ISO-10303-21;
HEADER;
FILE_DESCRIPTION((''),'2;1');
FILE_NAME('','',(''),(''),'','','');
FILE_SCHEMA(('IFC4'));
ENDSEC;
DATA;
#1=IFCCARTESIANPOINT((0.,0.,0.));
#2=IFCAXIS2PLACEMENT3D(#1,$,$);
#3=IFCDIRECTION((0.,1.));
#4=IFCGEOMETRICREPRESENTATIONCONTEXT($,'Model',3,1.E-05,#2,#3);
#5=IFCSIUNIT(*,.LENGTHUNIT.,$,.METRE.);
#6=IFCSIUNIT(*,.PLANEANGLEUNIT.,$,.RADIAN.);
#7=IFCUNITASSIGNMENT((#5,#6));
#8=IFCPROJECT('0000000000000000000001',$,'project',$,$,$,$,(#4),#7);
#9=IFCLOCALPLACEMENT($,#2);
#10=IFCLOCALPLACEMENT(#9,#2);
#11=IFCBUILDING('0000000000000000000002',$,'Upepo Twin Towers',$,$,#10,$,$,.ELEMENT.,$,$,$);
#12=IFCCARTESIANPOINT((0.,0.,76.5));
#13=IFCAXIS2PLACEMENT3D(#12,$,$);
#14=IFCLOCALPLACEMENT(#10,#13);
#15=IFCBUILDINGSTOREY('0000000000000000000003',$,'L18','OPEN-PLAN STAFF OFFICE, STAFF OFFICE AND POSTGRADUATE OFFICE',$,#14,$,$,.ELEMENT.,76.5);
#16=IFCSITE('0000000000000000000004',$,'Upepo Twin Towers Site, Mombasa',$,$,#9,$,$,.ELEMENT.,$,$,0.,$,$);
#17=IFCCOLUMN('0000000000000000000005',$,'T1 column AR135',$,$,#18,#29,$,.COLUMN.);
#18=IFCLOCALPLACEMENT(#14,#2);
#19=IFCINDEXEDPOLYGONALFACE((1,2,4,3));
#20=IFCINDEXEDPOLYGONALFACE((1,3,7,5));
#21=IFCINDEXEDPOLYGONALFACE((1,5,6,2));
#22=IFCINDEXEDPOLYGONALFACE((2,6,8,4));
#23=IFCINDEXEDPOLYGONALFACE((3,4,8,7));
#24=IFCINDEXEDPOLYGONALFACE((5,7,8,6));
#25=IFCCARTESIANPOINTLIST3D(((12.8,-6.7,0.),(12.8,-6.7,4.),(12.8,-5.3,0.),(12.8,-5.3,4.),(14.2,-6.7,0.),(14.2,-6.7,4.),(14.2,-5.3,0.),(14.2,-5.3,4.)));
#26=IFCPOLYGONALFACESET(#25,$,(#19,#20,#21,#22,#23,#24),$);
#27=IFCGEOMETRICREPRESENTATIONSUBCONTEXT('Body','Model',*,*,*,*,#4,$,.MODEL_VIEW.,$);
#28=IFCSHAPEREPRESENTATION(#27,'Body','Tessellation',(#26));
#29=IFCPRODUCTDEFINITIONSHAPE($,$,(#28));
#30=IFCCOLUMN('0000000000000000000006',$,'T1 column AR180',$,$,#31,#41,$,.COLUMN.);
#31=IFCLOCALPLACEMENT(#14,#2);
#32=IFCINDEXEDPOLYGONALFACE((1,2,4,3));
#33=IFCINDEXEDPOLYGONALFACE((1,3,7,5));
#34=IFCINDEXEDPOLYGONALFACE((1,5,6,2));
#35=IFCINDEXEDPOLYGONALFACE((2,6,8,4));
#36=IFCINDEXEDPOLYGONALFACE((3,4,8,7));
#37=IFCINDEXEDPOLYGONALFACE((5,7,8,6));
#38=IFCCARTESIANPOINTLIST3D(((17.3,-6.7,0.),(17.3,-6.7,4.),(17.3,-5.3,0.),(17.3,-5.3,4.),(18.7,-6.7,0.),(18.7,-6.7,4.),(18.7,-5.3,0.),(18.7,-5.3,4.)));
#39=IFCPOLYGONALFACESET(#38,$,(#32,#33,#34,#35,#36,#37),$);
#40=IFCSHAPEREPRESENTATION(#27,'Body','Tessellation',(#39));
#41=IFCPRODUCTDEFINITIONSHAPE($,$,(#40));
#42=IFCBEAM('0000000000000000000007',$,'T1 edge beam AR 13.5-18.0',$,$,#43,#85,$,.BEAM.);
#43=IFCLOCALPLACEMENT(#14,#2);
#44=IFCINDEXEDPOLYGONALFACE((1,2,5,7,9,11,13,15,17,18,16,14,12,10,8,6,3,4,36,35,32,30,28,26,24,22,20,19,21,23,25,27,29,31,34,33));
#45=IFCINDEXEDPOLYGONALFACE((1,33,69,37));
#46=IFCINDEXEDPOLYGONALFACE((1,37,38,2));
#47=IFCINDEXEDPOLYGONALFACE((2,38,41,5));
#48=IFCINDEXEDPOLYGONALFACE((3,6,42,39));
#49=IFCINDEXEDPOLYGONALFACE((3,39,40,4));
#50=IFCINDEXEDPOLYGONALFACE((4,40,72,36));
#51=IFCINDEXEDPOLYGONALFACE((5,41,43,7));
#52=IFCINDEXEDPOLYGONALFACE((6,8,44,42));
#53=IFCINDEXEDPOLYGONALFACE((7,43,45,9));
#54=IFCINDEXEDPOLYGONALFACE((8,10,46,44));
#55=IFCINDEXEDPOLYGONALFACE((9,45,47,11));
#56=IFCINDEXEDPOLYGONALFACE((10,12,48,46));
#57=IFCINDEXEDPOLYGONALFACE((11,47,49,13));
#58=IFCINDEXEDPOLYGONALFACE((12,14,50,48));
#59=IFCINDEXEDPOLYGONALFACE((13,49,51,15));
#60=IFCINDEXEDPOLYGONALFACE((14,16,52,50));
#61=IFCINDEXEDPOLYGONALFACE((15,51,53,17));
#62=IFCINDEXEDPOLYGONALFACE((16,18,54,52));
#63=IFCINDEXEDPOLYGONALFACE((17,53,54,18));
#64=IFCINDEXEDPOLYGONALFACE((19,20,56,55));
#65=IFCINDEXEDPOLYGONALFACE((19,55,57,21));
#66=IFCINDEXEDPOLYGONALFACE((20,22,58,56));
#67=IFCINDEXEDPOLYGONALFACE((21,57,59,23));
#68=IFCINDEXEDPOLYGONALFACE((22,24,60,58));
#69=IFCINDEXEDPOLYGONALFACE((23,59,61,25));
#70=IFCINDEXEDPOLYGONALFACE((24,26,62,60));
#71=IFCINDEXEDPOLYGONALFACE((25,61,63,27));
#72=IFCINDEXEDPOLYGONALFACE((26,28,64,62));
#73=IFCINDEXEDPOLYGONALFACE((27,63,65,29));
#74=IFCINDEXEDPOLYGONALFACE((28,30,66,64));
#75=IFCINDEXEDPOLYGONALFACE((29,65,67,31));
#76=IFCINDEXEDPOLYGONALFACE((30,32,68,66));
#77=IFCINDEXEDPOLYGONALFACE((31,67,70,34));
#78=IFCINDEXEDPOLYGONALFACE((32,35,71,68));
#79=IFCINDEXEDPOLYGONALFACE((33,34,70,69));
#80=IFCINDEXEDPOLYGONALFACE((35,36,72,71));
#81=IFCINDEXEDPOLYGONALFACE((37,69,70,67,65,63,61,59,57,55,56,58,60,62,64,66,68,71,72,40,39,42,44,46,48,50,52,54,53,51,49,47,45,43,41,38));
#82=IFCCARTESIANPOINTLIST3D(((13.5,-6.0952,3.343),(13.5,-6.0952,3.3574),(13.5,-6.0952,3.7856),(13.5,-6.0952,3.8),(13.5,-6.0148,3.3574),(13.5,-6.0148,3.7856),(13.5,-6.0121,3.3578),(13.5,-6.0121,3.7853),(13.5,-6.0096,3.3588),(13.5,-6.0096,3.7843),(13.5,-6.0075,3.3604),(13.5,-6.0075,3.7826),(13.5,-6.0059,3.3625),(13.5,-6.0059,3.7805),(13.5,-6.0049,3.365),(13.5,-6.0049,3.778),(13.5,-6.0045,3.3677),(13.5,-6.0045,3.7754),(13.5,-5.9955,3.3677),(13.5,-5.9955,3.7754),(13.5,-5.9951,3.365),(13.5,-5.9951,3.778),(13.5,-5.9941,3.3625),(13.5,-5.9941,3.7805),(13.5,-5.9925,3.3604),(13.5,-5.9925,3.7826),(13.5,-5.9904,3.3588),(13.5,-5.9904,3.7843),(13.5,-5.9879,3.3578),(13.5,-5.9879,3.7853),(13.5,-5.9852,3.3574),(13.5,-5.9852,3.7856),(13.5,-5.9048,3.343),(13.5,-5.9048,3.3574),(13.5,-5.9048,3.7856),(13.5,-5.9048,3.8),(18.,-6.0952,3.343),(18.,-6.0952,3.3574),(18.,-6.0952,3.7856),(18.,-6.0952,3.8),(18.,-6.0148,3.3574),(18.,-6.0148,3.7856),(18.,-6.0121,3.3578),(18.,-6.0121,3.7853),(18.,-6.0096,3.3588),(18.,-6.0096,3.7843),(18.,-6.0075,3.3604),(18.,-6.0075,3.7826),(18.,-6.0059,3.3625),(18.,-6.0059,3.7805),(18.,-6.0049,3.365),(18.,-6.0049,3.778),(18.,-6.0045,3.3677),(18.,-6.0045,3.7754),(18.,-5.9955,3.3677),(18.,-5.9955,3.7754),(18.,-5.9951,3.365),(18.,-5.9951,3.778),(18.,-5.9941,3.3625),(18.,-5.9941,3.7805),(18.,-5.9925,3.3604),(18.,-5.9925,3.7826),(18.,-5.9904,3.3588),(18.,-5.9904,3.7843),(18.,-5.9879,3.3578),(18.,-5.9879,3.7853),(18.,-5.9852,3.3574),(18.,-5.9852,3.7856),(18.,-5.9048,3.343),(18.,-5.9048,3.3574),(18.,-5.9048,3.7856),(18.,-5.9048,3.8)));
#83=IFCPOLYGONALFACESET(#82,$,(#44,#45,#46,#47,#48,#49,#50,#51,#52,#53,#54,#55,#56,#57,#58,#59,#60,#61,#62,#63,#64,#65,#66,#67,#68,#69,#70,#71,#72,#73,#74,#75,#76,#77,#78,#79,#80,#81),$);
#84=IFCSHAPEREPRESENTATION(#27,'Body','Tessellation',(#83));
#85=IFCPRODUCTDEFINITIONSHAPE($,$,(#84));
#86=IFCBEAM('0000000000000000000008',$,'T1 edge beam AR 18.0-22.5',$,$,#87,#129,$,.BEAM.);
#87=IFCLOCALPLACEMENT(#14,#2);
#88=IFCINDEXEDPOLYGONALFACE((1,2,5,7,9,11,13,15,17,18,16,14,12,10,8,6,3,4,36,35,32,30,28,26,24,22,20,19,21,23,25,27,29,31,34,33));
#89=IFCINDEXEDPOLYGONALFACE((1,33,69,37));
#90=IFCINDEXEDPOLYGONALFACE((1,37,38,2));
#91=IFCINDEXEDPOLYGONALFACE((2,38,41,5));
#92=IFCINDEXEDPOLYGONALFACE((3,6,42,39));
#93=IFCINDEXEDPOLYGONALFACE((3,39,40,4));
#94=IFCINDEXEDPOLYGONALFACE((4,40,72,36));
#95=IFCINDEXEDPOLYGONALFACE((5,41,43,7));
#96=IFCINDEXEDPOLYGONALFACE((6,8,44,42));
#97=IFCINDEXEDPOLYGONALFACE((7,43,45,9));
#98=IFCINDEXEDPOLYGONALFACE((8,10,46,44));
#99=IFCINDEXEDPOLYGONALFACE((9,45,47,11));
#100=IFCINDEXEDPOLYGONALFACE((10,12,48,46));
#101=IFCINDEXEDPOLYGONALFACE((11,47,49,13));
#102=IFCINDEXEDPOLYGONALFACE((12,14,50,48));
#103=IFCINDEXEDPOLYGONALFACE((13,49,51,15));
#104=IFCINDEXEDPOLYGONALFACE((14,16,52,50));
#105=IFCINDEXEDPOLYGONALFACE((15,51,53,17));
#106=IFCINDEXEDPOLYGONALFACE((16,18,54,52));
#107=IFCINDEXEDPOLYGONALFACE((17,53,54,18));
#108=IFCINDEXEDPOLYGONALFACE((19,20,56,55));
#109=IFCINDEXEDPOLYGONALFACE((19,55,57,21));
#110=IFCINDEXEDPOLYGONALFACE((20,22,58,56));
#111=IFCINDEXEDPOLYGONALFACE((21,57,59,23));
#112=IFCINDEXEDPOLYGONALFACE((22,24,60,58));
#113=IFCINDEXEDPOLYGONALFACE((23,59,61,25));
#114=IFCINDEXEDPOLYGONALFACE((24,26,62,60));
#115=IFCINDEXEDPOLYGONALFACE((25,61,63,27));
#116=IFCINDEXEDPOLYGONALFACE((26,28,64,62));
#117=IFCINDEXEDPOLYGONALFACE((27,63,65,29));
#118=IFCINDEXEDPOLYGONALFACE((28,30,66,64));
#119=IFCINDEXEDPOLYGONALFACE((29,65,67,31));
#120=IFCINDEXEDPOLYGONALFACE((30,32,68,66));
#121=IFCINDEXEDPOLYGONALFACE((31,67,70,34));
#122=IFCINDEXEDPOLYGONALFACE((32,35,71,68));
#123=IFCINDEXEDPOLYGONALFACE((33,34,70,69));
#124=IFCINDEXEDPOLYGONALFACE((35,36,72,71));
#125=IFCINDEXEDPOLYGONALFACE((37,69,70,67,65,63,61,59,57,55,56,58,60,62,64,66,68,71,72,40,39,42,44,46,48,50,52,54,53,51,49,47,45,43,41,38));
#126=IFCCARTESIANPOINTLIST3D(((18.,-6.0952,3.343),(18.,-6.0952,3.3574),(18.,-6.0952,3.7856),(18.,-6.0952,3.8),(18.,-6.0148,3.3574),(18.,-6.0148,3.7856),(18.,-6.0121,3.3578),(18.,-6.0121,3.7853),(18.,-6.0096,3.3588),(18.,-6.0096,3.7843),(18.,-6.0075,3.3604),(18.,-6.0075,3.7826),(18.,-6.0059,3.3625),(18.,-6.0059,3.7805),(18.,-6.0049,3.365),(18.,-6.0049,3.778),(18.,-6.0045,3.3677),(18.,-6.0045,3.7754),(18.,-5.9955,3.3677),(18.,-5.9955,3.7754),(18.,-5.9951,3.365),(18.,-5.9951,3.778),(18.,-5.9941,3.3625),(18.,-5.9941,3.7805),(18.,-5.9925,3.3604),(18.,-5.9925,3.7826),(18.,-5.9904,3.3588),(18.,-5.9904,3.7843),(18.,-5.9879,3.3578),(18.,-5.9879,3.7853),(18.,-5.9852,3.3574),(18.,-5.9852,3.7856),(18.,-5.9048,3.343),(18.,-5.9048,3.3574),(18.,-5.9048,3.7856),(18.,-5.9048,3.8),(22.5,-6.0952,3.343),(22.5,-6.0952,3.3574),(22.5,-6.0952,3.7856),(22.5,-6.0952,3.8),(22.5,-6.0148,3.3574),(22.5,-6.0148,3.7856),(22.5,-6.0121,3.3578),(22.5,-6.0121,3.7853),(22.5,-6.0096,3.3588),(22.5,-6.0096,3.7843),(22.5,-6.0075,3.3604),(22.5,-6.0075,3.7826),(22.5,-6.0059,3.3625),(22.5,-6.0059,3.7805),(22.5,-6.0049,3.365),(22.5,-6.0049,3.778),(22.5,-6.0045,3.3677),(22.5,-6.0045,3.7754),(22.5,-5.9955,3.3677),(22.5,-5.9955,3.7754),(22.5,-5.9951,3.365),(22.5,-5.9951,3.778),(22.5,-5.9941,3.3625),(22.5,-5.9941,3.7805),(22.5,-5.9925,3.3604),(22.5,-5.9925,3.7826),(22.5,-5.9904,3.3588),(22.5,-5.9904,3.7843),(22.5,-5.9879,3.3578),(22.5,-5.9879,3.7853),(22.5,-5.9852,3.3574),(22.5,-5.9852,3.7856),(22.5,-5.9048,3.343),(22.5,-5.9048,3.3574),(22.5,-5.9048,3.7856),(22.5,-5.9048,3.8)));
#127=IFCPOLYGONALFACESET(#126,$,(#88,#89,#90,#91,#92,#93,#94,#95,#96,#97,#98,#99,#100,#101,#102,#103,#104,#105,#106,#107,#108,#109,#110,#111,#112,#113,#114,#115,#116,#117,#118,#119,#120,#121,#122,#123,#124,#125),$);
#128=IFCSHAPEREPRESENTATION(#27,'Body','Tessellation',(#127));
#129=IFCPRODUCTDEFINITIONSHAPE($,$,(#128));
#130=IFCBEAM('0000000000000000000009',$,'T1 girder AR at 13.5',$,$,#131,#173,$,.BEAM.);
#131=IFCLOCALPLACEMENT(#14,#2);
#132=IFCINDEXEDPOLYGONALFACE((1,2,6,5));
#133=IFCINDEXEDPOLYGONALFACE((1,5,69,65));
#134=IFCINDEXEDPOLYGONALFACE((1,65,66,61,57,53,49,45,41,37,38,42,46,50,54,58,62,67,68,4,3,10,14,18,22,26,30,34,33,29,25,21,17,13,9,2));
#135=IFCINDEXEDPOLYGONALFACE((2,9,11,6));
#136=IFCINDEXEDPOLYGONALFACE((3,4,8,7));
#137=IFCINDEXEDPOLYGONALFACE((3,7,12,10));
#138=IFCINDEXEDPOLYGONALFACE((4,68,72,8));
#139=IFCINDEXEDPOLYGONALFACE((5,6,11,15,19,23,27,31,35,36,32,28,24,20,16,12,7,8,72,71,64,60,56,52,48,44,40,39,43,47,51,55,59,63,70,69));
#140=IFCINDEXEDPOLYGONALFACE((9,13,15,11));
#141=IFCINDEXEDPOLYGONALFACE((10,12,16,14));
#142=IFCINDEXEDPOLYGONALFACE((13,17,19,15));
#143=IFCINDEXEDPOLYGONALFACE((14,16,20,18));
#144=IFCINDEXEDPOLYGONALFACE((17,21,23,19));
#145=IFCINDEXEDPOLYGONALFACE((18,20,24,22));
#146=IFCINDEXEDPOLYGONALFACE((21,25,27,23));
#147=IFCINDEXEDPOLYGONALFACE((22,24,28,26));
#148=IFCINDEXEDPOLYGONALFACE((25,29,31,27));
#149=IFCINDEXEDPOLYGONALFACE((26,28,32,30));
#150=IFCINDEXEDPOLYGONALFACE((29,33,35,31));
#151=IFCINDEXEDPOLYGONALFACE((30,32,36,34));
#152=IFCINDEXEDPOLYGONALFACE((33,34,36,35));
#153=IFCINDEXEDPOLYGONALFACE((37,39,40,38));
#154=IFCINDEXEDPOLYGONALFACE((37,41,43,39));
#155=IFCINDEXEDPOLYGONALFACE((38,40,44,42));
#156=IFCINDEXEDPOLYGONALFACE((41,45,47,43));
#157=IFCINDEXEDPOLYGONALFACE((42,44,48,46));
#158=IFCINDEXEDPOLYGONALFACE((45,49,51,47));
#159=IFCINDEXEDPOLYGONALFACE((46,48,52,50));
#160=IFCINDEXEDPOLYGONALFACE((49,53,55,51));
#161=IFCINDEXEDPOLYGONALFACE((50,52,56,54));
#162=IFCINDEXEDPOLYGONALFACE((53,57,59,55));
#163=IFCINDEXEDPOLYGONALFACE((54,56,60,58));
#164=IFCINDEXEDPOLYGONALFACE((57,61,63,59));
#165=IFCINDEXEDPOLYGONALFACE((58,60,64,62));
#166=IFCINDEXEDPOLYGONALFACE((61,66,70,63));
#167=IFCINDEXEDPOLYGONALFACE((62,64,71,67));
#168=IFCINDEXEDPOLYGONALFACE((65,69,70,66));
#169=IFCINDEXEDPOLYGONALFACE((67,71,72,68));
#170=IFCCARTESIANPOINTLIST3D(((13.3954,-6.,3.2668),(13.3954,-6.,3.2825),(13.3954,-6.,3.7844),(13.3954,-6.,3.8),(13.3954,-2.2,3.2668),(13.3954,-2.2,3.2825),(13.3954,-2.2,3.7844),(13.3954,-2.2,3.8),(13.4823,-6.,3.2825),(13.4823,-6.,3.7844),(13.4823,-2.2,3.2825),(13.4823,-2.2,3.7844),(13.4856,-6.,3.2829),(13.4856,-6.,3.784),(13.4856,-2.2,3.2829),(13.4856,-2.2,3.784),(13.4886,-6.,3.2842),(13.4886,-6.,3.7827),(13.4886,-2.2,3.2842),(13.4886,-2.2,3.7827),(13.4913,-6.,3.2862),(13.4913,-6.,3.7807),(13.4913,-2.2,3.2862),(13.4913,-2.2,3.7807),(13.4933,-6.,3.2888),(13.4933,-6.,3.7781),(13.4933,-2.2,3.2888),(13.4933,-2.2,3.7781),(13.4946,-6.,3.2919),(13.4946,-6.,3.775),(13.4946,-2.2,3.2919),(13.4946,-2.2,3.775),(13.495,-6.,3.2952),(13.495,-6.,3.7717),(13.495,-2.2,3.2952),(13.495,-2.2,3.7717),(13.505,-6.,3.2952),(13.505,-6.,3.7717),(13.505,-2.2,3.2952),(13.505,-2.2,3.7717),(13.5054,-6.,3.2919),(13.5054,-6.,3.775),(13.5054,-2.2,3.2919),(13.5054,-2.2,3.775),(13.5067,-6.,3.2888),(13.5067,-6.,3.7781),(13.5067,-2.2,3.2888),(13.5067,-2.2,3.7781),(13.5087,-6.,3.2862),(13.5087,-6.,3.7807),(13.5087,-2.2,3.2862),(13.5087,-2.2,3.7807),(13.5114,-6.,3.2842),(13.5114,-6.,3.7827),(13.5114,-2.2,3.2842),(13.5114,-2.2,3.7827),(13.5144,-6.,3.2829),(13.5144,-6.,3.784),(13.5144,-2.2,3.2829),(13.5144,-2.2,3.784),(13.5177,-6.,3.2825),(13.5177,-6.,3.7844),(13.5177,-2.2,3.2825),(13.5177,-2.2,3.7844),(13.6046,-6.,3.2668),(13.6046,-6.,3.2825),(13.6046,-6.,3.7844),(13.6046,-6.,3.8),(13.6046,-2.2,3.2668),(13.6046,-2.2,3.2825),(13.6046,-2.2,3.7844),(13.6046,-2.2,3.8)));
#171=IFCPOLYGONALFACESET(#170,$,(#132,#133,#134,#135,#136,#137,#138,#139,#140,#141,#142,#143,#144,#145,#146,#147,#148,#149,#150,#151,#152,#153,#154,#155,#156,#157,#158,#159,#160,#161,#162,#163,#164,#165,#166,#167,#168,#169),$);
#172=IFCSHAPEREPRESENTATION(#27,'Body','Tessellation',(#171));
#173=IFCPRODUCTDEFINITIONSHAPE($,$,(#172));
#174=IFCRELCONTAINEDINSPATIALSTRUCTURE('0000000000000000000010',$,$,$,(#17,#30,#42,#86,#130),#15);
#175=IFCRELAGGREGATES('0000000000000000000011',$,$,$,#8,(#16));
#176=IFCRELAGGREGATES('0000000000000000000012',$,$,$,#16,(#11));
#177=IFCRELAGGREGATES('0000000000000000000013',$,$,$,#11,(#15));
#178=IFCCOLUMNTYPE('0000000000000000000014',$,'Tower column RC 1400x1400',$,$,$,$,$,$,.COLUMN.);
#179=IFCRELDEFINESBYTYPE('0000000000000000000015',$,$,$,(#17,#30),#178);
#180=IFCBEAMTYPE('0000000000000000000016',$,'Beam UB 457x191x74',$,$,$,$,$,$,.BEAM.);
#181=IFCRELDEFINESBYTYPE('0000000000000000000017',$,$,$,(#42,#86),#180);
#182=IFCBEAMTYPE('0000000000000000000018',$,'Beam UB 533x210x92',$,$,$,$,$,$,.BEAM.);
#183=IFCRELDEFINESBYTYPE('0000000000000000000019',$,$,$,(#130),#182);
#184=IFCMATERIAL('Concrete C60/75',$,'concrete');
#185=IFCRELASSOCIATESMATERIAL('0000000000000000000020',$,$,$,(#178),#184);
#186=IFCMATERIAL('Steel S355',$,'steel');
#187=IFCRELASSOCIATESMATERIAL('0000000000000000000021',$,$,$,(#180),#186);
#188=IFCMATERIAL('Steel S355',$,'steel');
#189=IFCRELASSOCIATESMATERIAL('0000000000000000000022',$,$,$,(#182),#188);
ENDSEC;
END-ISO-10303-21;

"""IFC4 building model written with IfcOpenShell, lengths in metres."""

from ifc_helpers import new_model, si_unit, direction, frame, origin, origin_2d, place, context, subcontext, project, spatial, rectangle, i_section, extrude, material, material_profile, profile_set, type_object, element, save


model = new_model("IFC4")

# Units and contexts
model_context = context("Model", 3, precision=1e-05, world=origin(), true_north=direction((0.0, 1.0)))
body_context = subcontext(model_context, "Body", "Model", "MODEL_VIEW")
ifc_project = project(units=[si_unit("LENGTHUNIT", "METRE"), si_unit("PLANEANGLEUNIT", "RADIAN")], contexts=[model_context])

# Site, building, storey
site_placement = place(None, origin())
site = spatial("IfcSite", under=ifc_project, at=site_placement, Name="Upepo Twin Towers Site, Mombasa", CompositionType="ELEMENT", RefElevation=0.0)
building_placement = place(site_placement, origin())
building = spatial("IfcBuilding", under=site, at=building_placement, Name="Upepo Twin Towers", CompositionType="ELEMENT")
storey_placement = place(building_placement, frame((0.0, 0.0, 76.5)))
storey = spatial("IfcBuildingStorey", under=building, at=storey_placement, Name="L18", Description="OPEN-PLAN STAFF OFFICE, STAFF OFFICE AND POSTGRADUATE OFFICE", CompositionType="ELEMENT", Elevation=76.5)

# Columns
ifc_material_1 = material(Name="Concrete C60/75", Category="concrete")
ifc_material_profile_1 = material_profile(ifc_material_1, rectangle(XDim=1.3999, YDim=1.3999, at=origin_2d()), Name="RC 1400x1400")
ifc_profile_set_1 = profile_set([ifc_material_profile_1], Name="Concrete C60/75")
column_type = type_object("IfcColumnType", Name="Tower column RC 1400x1400", PredefinedType="COLUMN", material=ifc_profile_set_1)
for number, where, z_axis, x_axis, name in (
    (1, (13.5, -6.0, 0.0), (0.0, 0.0, 1.0), (1.0, 0.0, 0.0), "T1 column AR135"),
    (2, (18.0, -6.0, 0.0), (0.0, 0.0, 1.0), (1.0, 0.0, 0.0), "T1 column AR180"),
):
    element("IfcColumn", number, at=place(storey_placement, frame(where, z_axis=z_axis, x_axis=x_axis)), inside=storey, type_object=column_type, Name=name, PredefinedType="COLUMN", context=body_context, shape_type="SweptSolid", body=[
        extrude(rectangle(XDim=1.3999, YDim=1.3999, at=origin_2d()), origin(), (0.0, 0.0, 1.0), 4.0),
    ])

# Beams
ifc_material_2 = material(Name="Steel S355", Category="steel")
ifc_material_profile_2 = material_profile(ifc_material_2, i_section(OverallWidth=0.1904, OverallDepth=0.457, WebThickness=0.009, FlangeThickness=0.0144, FilletRadius=0.0103, at=origin_2d()), Name="UB 457x191x74")
ifc_profile_set_2 = profile_set([ifc_material_profile_2], Name="Steel S355")
beam_type_1 = type_object("IfcBeamType", Name="Beam UB 457x191x74", PredefinedType="BEAM", material=ifc_profile_set_2)
for number, where, z_axis, x_axis, name in (
    (3, (13.5, -6.0, 3.5715), (1.0, 0.0, 0.0), (0.0, 1.0, 0.0), "T1 edge beam AR 13.5-18.0"),
    (4, (18.0, -6.0, 3.5715), (1.0, 0.0, 0.0), (0.0, 1.0, 0.0), "T1 edge beam AR 18.0-22.5"),
):
    element("IfcBeam", number, at=place(storey_placement, frame(where, z_axis=z_axis, x_axis=x_axis)), inside=storey, type_object=beam_type_1, Name=name, PredefinedType="BEAM", context=body_context, shape_type="SweptSolid", body=[
        extrude(i_section(OverallWidth=0.1904, OverallDepth=0.457, WebThickness=0.009, FlangeThickness=0.0144, FilletRadius=0.0103, at=origin_2d()), origin(), (0.0, 0.0, 1.0), 4.5),
    ])
ifc_material_3 = material(Name="Steel S355", Category="steel")
ifc_material_profile_3 = material_profile(ifc_material_3, i_section(OverallWidth=0.2092, OverallDepth=0.5332, WebThickness=0.01, FlangeThickness=0.0156, FilletRadius=0.0127, at=origin_2d()), Name="UB 533x210x92")
ifc_profile_set_3 = profile_set([ifc_material_profile_3], Name="Steel S355")
beam_type_2 = type_object("IfcBeamType", Name="Beam UB 533x210x92", PredefinedType="BEAM", material=ifc_profile_set_3)
for number, where, z_axis, x_axis, name in (
    (5, (13.5, -6.0, 3.5334), (0.0, 1.0, 0.0), (-1.0, 0.0, 0.0), "T1 girder AR at 13.5"),
):
    element("IfcBeam", number, at=place(storey_placement, frame(where, z_axis=z_axis, x_axis=x_axis)), inside=storey, type_object=beam_type_2, Name=name, PredefinedType="BEAM", context=body_context, shape_type="SweptSolid", body=[
        extrude(i_section(OverallWidth=0.2092, OverallDepth=0.5332, WebThickness=0.01, FlangeThickness=0.0156, FilletRadius=0.0127, at=origin_2d()), origin(), (0.0, 0.0, 1.0), 3.8),
    ])

save(model, "model.ifc")
